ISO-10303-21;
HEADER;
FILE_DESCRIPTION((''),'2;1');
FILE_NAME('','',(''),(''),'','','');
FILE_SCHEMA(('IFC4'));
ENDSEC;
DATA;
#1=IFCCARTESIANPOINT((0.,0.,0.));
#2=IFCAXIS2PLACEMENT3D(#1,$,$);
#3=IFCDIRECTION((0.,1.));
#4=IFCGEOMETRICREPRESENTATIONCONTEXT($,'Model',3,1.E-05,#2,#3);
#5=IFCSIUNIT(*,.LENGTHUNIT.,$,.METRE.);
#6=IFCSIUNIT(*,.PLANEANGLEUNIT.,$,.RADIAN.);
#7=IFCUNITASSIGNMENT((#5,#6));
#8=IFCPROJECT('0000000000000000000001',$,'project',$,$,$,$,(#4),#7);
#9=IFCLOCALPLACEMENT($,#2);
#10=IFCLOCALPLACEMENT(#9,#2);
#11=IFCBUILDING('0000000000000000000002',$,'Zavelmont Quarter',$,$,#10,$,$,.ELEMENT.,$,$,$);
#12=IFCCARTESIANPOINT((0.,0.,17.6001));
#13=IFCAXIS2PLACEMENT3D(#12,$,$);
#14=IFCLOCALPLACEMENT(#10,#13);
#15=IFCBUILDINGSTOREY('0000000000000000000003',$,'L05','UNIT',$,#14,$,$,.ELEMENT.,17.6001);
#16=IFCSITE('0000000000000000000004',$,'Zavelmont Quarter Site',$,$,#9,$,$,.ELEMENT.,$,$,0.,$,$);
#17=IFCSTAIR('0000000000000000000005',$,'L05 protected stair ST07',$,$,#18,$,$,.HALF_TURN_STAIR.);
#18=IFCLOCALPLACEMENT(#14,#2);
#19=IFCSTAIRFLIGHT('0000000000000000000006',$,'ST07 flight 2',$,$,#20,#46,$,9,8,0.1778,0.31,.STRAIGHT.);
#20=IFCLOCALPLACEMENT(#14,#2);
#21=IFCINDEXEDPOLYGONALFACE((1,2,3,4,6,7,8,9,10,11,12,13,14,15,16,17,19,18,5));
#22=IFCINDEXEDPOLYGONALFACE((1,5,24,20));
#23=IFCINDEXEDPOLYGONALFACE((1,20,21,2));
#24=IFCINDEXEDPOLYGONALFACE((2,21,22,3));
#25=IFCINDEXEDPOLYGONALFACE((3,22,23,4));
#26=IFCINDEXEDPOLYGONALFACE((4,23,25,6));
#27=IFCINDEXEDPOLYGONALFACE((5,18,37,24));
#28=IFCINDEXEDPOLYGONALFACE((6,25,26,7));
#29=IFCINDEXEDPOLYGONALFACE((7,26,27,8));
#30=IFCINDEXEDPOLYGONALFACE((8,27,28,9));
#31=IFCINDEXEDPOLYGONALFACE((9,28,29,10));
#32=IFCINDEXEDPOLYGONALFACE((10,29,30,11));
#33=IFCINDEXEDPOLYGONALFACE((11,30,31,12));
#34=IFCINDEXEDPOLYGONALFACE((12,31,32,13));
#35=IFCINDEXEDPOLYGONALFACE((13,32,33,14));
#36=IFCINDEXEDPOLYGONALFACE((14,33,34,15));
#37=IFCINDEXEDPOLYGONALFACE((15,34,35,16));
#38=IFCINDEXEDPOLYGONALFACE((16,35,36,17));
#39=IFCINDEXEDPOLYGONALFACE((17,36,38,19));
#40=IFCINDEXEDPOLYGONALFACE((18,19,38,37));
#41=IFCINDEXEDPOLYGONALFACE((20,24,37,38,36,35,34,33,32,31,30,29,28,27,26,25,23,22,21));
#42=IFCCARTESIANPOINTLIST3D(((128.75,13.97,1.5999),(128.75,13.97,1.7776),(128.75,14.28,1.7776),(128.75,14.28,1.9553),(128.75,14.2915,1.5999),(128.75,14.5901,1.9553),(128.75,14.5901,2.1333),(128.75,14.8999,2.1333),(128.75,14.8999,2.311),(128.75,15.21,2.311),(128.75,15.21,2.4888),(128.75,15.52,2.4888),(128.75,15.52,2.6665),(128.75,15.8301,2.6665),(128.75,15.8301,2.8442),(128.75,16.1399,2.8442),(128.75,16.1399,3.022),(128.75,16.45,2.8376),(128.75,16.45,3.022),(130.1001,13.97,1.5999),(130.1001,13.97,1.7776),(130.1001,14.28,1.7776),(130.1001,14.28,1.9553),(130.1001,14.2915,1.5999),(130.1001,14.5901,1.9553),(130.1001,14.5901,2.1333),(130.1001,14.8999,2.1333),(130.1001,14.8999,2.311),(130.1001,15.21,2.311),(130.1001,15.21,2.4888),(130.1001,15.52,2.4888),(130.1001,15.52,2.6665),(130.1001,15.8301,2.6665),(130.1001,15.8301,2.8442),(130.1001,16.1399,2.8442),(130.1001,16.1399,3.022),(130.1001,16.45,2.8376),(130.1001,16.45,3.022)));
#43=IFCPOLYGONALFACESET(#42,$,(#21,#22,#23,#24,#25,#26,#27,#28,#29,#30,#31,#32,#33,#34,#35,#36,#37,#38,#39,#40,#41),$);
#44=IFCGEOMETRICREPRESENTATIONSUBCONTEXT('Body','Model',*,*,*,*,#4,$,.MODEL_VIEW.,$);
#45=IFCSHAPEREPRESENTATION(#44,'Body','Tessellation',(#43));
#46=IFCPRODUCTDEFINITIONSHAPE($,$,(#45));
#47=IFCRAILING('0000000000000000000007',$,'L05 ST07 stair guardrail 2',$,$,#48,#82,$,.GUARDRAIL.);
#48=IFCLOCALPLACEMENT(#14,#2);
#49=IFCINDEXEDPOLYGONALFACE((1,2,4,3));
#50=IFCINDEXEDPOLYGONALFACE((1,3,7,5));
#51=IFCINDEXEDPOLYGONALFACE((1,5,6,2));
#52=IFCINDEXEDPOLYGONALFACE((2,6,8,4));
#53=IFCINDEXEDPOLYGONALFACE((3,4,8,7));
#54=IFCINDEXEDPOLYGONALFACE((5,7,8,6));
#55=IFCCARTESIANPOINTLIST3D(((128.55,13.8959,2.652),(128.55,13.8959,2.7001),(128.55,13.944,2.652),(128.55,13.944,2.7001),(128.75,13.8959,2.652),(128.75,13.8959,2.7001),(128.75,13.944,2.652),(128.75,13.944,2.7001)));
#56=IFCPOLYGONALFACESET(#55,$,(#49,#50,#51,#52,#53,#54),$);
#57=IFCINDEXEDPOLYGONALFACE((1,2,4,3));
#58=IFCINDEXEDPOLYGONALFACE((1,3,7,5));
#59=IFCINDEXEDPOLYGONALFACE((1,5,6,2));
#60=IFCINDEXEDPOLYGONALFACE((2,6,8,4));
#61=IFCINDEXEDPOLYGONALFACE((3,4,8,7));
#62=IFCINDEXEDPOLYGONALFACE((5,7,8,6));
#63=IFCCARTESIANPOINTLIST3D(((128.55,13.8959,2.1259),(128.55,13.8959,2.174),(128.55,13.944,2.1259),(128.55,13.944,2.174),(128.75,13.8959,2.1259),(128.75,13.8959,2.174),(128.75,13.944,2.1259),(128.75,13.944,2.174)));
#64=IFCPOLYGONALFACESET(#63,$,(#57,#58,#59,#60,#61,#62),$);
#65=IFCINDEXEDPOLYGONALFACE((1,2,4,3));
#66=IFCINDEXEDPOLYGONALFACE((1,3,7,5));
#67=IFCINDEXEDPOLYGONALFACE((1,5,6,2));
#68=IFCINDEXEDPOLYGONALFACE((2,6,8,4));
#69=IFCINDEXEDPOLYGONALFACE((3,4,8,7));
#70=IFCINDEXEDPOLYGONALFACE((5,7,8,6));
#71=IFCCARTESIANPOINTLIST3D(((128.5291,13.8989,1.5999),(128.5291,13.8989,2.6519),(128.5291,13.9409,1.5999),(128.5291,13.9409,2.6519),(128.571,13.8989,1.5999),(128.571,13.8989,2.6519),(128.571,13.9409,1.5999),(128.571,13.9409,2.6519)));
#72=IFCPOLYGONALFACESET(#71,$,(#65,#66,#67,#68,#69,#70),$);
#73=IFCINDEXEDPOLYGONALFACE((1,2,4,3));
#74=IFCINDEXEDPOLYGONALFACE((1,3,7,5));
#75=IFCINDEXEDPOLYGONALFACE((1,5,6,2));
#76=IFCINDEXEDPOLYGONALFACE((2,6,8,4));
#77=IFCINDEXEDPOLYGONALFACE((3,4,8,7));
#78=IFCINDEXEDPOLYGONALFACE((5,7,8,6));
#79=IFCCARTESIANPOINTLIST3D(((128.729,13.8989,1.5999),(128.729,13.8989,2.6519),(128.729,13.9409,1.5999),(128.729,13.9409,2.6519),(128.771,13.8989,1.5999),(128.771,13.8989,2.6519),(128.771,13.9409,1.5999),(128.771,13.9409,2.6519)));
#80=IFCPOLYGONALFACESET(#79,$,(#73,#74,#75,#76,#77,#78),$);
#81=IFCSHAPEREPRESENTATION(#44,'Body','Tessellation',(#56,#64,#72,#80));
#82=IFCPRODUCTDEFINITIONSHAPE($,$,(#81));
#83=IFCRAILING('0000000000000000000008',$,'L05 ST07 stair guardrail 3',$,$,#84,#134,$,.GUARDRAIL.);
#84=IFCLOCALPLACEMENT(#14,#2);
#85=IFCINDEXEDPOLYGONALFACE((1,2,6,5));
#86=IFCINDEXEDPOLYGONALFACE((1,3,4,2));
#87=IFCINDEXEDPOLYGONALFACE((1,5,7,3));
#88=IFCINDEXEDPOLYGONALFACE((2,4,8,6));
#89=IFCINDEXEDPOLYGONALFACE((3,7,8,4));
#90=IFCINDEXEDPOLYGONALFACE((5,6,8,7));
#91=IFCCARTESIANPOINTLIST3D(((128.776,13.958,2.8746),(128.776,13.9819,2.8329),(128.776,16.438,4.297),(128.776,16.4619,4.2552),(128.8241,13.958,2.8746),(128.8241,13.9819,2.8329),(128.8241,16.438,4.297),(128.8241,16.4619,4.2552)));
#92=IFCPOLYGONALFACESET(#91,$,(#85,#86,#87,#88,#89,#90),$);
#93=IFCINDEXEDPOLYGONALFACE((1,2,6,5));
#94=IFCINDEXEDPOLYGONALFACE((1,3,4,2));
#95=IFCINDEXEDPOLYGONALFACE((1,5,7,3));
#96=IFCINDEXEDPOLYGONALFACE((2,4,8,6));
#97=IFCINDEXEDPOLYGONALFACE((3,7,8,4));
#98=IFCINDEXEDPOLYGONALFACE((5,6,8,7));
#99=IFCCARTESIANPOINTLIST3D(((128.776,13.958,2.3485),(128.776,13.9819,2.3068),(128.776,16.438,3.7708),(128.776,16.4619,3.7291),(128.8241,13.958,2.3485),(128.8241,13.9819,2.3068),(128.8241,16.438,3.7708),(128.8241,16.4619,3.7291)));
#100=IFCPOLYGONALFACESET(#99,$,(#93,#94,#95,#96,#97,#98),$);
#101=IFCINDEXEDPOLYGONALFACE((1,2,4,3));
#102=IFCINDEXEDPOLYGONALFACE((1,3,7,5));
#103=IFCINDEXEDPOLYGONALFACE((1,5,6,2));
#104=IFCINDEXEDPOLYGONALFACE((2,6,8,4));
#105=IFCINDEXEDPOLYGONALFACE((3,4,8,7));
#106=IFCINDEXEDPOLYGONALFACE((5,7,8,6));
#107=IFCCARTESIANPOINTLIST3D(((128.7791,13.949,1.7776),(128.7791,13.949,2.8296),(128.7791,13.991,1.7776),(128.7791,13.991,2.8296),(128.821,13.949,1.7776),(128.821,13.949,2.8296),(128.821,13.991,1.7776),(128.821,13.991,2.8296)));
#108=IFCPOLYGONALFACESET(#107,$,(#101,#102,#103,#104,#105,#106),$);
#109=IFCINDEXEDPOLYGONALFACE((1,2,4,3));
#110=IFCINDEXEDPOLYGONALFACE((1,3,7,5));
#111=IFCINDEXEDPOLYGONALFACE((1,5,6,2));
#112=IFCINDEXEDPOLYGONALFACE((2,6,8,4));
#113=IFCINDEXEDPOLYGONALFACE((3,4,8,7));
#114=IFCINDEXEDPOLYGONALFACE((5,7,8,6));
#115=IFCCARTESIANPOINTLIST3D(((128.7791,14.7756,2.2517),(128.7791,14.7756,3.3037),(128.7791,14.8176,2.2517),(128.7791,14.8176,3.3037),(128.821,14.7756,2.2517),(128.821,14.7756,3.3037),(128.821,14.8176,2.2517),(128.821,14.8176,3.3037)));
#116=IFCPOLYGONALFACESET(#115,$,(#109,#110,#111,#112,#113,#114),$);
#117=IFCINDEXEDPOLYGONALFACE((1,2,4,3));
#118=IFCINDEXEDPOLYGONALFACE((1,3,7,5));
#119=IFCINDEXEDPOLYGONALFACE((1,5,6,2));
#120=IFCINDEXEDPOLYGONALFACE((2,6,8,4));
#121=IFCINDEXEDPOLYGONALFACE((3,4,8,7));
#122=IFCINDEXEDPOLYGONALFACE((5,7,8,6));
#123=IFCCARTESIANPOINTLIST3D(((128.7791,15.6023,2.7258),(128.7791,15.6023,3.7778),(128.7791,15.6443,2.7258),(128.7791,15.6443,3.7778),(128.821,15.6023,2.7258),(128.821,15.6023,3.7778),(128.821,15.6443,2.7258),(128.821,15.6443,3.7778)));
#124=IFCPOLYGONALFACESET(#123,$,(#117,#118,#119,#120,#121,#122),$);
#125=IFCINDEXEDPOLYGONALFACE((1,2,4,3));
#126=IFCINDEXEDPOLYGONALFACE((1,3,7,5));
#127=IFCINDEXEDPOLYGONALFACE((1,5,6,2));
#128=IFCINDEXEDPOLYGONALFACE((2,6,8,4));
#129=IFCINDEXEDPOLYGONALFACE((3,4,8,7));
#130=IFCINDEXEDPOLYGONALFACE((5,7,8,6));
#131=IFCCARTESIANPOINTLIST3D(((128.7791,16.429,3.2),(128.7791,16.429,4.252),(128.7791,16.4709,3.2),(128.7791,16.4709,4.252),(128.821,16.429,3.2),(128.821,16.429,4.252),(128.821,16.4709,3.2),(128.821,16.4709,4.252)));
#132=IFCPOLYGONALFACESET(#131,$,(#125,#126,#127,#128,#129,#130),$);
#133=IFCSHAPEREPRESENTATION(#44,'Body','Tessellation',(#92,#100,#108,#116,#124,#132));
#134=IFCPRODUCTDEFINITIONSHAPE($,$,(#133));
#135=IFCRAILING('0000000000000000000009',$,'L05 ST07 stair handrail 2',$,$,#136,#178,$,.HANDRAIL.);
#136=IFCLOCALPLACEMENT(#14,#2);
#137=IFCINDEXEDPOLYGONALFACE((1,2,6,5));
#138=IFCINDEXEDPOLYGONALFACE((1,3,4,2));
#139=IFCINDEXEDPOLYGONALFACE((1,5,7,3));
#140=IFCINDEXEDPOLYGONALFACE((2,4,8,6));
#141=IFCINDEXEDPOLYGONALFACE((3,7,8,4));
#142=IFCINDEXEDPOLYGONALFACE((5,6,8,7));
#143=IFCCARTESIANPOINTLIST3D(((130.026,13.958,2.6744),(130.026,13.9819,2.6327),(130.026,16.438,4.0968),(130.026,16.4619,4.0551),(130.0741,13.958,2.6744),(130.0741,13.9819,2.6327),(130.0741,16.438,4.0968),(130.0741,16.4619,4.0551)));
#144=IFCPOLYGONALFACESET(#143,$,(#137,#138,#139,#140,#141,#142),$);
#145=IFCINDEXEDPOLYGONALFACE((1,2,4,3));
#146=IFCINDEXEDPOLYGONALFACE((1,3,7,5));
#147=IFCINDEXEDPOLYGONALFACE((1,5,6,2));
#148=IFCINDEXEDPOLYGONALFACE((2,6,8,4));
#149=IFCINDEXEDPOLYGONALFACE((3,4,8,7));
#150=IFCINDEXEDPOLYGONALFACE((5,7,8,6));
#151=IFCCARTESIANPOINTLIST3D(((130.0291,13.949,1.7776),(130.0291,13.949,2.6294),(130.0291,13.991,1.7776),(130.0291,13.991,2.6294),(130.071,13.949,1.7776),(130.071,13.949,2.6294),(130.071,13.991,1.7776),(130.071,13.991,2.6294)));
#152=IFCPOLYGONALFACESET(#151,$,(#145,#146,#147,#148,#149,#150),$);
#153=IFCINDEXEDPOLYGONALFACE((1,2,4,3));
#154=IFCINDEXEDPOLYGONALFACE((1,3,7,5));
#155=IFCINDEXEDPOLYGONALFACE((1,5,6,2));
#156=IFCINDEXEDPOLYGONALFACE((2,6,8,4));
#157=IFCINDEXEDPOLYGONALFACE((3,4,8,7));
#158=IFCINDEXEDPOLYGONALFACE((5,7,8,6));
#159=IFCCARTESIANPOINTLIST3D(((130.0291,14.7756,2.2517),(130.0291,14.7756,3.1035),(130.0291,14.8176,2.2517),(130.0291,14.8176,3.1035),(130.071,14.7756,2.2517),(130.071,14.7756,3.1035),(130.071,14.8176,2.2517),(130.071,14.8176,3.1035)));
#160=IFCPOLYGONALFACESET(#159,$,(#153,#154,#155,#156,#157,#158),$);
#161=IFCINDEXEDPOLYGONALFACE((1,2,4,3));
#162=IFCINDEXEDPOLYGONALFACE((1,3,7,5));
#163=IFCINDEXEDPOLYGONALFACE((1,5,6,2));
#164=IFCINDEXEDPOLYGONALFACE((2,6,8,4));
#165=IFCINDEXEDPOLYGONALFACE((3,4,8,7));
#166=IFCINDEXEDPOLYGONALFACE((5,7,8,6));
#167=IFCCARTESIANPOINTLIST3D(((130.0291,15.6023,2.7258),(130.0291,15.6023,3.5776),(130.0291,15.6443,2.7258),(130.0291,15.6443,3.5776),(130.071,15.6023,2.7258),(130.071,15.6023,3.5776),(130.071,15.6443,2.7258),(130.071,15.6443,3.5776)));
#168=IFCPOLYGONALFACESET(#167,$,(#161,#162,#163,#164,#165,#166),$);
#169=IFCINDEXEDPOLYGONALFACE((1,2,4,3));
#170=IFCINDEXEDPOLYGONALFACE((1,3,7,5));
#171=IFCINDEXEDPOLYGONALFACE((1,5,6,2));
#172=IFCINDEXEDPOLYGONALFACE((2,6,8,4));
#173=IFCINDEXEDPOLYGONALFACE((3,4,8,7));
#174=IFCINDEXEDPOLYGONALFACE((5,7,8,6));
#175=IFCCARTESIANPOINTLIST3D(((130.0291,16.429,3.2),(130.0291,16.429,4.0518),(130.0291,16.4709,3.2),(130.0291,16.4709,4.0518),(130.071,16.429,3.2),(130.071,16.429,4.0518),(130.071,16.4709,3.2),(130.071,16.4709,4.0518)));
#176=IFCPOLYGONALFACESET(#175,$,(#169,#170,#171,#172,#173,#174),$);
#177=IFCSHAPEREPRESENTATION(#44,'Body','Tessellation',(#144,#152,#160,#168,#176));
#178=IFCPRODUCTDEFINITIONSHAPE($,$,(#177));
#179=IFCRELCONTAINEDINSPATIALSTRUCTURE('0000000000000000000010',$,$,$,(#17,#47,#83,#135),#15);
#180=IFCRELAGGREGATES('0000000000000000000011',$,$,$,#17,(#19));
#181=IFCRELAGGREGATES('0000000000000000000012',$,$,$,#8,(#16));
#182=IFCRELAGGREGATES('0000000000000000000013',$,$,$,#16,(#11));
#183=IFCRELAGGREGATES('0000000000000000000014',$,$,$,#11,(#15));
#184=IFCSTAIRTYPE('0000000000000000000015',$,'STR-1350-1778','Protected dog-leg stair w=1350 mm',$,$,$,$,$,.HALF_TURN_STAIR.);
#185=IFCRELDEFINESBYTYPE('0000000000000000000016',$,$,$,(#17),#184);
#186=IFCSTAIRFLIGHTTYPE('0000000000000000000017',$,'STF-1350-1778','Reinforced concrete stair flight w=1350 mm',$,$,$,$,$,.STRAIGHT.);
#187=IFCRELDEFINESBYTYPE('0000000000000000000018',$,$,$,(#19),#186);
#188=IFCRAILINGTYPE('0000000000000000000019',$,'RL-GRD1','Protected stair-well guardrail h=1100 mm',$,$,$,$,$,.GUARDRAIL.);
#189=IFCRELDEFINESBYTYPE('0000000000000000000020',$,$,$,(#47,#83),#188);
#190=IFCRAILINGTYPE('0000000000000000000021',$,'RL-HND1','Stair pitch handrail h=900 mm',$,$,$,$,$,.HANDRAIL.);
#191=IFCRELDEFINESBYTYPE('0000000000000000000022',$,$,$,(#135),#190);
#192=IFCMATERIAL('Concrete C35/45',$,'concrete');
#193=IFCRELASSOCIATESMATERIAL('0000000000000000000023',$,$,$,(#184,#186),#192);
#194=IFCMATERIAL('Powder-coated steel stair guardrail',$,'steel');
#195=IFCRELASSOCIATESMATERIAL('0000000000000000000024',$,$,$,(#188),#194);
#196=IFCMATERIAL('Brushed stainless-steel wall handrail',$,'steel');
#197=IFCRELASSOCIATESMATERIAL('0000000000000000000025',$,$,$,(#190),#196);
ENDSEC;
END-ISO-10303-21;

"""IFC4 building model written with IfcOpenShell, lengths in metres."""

from ifc_helpers import new_model, si_unit, direction, frame, origin, origin_2d, place, context, subcontext, project, spatial, polyline, rectangle, outline, extrude, material, type_object, element, aggregate, save


model = new_model("IFC4")

# Units and contexts
model_context = context("Model", 3, precision=1e-05, world=origin(), true_north=direction((0.0, 1.0)))
body_context = subcontext(model_context, "Body", "Model", "MODEL_VIEW")
ifc_project = project(units=[si_unit("LENGTHUNIT", "METRE"), si_unit("PLANEANGLEUNIT", "RADIAN")], contexts=[model_context])

# Site, building, storey
site_placement = place(None, origin())
site = spatial("IfcSite", under=ifc_project, at=site_placement, Name="Zavelmont Quarter Site", CompositionType="ELEMENT", RefElevation=0.0)
building_placement = place(site_placement, origin())
building = spatial("IfcBuilding", under=site, at=building_placement, Name="Zavelmont Quarter", CompositionType="ELEMENT")
storey_placement = place(building_placement, frame((0.0, 0.0, 17.6001)))
storey = spatial("IfcBuildingStorey", under=building, at=storey_placement, Name="L05", Description="UNIT", CompositionType="ELEMENT", Elevation=17.6001)

# Shared definitions
ifc_material_1 = material(Name="Concrete C35/45", Category="concrete")

# Stair, stair flight
stair_type = type_object("IfcStairType", Name="STR-1350-1778", Description="Protected dog-leg stair w=1350 mm", PredefinedType="HALF_TURN_STAIR", material=ifc_material_1)
stair_placement = place(storey_placement, origin())
stair = element("IfcStair", 1, at=stair_placement, inside=storey, type_object=stair_type, Name="L05 protected stair ST07", PredefinedType="HALF_TURN_STAIR")
stair_flight_type = type_object("IfcStairFlightType", Name="STF-1350-1778", Description="Reinforced concrete stair flight w=1350 mm", PredefinedType="STRAIGHT", material=ifc_material_1)
stair_flight_placement = place(storey_placement, frame((129.425, 13.97, 1.5999), z_axis=(0.0, 0.0, 1.0), x_axis=(0.0, 1.0, 0.0)))
stair_flight = element("IfcStairFlight", 2, at=stair_flight_placement, type_object=stair_flight_type, Name="ST07 flight 2", NumberOfRisers=9, NumberOfTreads=8, PredefinedType="STRAIGHT", RiserHeight=0.1778, TreadLength=0.31, context=body_context, shape_type="SweptSolid", body=[
    extrude(outline(polyline([(0.0, 0.0), (0.0, 0.1777), (0.3101, 0.1777), (0.3101, 0.3555), (0.6201, 0.3555), (0.6201, 0.5334), (0.9299, 0.5334), (0.9299, 0.7112), (1.24, 0.7112), (1.24, 0.8889), (1.55, 0.8889), (1.55, 1.0667), (1.8601, 1.0667), (1.8601, 1.2444), (2.1699, 1.2444), (2.1699, 1.4221), (2.48, 1.4221), (2.48, 1.6001), (2.48, 1.2378), (0.3215, 0.0), (0.0, 0.0)])), frame((0.0, 0.675, 0.0), z_axis=(0.0, -1.0, 0.0), x_axis=(1.0, 0.0, 0.0)), (0.0, 0.0, 1.0), 1.3501),
])
aggregate(stair, [stair_flight])

# Railings
ifc_material_2 = material(Name="Powder-coated steel stair guardrail", Category="steel")
railing_type_1 = type_object("IfcRailingType", Name="RL-GRD1", Description="Protected stair-well guardrail h=1100 mm", PredefinedType="GUARDRAIL", material=ifc_material_2)
railing_1_placement = place(storey_placement, frame((128.55, 13.9199, 1.5999)))
element("IfcRailing", 3, at=railing_1_placement, inside=storey, type_object=railing_type_1, Name="L05 ST07 stair guardrail 2", PredefinedType="GUARDRAIL", context=body_context, shape_type="SweptSolid", body=[
    extrude(rectangle(XDim=0.0481, YDim=0.0481, at=origin_2d()), frame((0.0, 0.0, 1.0762), z_axis=(1.0, 0.0, 0.0), x_axis=(0.0, 1.0, 0.0)), (0.0, 0.0, 1.0), 0.2),
    extrude(rectangle(XDim=0.0481, YDim=0.0481, at=origin_2d()), frame((0.0, 0.0, 0.55), z_axis=(1.0, 0.0, 0.0), x_axis=(0.0, 1.0, 0.0)), (0.0, 0.0, 1.0), 0.2),
    extrude(rectangle(XDim=0.042, YDim=0.042, at=origin_2d()), origin(), (0.0, 0.0, 1.0), 1.052),
    extrude(rectangle(XDim=0.042, YDim=0.042, at=origin_2d()), frame((0.2, 0.0, 0.0)), (0.0, 0.0, 1.0), 1.052),
])
railing_2_placement = place(storey_placement, frame((128.8, 13.97, 1.7776)))
element("IfcRailing", 4, at=railing_2_placement, inside=storey, type_object=railing_type_1, Name="L05 ST07 stair guardrail 3", PredefinedType="GUARDRAIL", context=body_context, shape_type="SweptSolid", body=[
    extrude(rectangle(XDim=0.0481, YDim=0.0481, at=origin_2d()), frame((0.0, 0.0, 1.0762), z_axis=(0.0, 0.867454, 0.497518), x_axis=(-1.0, 0.0, 0.0)), (0.0, 0.0, 1.0), 2.8589),
    extrude(rectangle(XDim=0.0481, YDim=0.0481, at=origin_2d()), frame((0.0, 0.0, 0.55), z_axis=(0.0, 0.867454, 0.497518), x_axis=(-1.0, 0.0, 0.0)), (0.0, 0.0, 1.0), 2.8589),
    extrude(rectangle(XDim=0.042, YDim=0.042, at=origin_2d()), origin(), (0.0, 0.0, 1.0), 1.052),
    extrude(rectangle(XDim=0.042, YDim=0.042, at=origin_2d()), frame((0.0, 0.8267, 0.4741)), (0.0, 0.0, 1.0), 1.052),
    extrude(rectangle(XDim=0.042, YDim=0.042, at=origin_2d()), frame((0.0, 1.6533, 0.9482)), (0.0, 0.0, 1.0), 1.052),
    extrude(rectangle(XDim=0.042, YDim=0.042, at=origin_2d()), frame((0.0, 2.48, 1.4224)), (0.0, 0.0, 1.0), 1.052),
])
ifc_material_3 = material(Name="Brushed stainless-steel wall handrail", Category="steel")
railing_type_2 = type_object("IfcRailingType", Name="RL-HND1", Description="Stair pitch handrail h=900 mm", PredefinedType="HANDRAIL", material=ifc_material_3)
railing_3_placement = place(storey_placement, frame((130.05, 13.97, 1.7776)))
element("IfcRailing", 5, at=railing_3_placement, inside=storey, type_object=railing_type_2, Name="L05 ST07 stair handrail 2", PredefinedType="HANDRAIL", context=body_context, shape_type="SweptSolid", body=[
    extrude(rectangle(XDim=0.0481, YDim=0.0481, at=origin_2d()), frame((0.0, 0.0, 0.876), z_axis=(0.0, 0.867454, 0.497518), x_axis=(-1.0, 0.0, 0.0)), (0.0, 0.0, 1.0), 2.8589),
    extrude(rectangle(XDim=0.042, YDim=0.042, at=origin_2d()), origin(), (0.0, 0.0, 1.0), 0.8518),
    extrude(rectangle(XDim=0.042, YDim=0.042, at=origin_2d()), frame((0.0, 0.8267, 0.4741)), (0.0, 0.0, 1.0), 0.8518),
    extrude(rectangle(XDim=0.042, YDim=0.042, at=origin_2d()), frame((0.0, 1.6533, 0.9482)), (0.0, 0.0, 1.0), 0.8518),
    extrude(rectangle(XDim=0.042, YDim=0.042, at=origin_2d()), frame((0.0, 2.48, 1.4224)), (0.0, 0.0, 1.0), 0.8518),
])

save(model, "model.ifc")
